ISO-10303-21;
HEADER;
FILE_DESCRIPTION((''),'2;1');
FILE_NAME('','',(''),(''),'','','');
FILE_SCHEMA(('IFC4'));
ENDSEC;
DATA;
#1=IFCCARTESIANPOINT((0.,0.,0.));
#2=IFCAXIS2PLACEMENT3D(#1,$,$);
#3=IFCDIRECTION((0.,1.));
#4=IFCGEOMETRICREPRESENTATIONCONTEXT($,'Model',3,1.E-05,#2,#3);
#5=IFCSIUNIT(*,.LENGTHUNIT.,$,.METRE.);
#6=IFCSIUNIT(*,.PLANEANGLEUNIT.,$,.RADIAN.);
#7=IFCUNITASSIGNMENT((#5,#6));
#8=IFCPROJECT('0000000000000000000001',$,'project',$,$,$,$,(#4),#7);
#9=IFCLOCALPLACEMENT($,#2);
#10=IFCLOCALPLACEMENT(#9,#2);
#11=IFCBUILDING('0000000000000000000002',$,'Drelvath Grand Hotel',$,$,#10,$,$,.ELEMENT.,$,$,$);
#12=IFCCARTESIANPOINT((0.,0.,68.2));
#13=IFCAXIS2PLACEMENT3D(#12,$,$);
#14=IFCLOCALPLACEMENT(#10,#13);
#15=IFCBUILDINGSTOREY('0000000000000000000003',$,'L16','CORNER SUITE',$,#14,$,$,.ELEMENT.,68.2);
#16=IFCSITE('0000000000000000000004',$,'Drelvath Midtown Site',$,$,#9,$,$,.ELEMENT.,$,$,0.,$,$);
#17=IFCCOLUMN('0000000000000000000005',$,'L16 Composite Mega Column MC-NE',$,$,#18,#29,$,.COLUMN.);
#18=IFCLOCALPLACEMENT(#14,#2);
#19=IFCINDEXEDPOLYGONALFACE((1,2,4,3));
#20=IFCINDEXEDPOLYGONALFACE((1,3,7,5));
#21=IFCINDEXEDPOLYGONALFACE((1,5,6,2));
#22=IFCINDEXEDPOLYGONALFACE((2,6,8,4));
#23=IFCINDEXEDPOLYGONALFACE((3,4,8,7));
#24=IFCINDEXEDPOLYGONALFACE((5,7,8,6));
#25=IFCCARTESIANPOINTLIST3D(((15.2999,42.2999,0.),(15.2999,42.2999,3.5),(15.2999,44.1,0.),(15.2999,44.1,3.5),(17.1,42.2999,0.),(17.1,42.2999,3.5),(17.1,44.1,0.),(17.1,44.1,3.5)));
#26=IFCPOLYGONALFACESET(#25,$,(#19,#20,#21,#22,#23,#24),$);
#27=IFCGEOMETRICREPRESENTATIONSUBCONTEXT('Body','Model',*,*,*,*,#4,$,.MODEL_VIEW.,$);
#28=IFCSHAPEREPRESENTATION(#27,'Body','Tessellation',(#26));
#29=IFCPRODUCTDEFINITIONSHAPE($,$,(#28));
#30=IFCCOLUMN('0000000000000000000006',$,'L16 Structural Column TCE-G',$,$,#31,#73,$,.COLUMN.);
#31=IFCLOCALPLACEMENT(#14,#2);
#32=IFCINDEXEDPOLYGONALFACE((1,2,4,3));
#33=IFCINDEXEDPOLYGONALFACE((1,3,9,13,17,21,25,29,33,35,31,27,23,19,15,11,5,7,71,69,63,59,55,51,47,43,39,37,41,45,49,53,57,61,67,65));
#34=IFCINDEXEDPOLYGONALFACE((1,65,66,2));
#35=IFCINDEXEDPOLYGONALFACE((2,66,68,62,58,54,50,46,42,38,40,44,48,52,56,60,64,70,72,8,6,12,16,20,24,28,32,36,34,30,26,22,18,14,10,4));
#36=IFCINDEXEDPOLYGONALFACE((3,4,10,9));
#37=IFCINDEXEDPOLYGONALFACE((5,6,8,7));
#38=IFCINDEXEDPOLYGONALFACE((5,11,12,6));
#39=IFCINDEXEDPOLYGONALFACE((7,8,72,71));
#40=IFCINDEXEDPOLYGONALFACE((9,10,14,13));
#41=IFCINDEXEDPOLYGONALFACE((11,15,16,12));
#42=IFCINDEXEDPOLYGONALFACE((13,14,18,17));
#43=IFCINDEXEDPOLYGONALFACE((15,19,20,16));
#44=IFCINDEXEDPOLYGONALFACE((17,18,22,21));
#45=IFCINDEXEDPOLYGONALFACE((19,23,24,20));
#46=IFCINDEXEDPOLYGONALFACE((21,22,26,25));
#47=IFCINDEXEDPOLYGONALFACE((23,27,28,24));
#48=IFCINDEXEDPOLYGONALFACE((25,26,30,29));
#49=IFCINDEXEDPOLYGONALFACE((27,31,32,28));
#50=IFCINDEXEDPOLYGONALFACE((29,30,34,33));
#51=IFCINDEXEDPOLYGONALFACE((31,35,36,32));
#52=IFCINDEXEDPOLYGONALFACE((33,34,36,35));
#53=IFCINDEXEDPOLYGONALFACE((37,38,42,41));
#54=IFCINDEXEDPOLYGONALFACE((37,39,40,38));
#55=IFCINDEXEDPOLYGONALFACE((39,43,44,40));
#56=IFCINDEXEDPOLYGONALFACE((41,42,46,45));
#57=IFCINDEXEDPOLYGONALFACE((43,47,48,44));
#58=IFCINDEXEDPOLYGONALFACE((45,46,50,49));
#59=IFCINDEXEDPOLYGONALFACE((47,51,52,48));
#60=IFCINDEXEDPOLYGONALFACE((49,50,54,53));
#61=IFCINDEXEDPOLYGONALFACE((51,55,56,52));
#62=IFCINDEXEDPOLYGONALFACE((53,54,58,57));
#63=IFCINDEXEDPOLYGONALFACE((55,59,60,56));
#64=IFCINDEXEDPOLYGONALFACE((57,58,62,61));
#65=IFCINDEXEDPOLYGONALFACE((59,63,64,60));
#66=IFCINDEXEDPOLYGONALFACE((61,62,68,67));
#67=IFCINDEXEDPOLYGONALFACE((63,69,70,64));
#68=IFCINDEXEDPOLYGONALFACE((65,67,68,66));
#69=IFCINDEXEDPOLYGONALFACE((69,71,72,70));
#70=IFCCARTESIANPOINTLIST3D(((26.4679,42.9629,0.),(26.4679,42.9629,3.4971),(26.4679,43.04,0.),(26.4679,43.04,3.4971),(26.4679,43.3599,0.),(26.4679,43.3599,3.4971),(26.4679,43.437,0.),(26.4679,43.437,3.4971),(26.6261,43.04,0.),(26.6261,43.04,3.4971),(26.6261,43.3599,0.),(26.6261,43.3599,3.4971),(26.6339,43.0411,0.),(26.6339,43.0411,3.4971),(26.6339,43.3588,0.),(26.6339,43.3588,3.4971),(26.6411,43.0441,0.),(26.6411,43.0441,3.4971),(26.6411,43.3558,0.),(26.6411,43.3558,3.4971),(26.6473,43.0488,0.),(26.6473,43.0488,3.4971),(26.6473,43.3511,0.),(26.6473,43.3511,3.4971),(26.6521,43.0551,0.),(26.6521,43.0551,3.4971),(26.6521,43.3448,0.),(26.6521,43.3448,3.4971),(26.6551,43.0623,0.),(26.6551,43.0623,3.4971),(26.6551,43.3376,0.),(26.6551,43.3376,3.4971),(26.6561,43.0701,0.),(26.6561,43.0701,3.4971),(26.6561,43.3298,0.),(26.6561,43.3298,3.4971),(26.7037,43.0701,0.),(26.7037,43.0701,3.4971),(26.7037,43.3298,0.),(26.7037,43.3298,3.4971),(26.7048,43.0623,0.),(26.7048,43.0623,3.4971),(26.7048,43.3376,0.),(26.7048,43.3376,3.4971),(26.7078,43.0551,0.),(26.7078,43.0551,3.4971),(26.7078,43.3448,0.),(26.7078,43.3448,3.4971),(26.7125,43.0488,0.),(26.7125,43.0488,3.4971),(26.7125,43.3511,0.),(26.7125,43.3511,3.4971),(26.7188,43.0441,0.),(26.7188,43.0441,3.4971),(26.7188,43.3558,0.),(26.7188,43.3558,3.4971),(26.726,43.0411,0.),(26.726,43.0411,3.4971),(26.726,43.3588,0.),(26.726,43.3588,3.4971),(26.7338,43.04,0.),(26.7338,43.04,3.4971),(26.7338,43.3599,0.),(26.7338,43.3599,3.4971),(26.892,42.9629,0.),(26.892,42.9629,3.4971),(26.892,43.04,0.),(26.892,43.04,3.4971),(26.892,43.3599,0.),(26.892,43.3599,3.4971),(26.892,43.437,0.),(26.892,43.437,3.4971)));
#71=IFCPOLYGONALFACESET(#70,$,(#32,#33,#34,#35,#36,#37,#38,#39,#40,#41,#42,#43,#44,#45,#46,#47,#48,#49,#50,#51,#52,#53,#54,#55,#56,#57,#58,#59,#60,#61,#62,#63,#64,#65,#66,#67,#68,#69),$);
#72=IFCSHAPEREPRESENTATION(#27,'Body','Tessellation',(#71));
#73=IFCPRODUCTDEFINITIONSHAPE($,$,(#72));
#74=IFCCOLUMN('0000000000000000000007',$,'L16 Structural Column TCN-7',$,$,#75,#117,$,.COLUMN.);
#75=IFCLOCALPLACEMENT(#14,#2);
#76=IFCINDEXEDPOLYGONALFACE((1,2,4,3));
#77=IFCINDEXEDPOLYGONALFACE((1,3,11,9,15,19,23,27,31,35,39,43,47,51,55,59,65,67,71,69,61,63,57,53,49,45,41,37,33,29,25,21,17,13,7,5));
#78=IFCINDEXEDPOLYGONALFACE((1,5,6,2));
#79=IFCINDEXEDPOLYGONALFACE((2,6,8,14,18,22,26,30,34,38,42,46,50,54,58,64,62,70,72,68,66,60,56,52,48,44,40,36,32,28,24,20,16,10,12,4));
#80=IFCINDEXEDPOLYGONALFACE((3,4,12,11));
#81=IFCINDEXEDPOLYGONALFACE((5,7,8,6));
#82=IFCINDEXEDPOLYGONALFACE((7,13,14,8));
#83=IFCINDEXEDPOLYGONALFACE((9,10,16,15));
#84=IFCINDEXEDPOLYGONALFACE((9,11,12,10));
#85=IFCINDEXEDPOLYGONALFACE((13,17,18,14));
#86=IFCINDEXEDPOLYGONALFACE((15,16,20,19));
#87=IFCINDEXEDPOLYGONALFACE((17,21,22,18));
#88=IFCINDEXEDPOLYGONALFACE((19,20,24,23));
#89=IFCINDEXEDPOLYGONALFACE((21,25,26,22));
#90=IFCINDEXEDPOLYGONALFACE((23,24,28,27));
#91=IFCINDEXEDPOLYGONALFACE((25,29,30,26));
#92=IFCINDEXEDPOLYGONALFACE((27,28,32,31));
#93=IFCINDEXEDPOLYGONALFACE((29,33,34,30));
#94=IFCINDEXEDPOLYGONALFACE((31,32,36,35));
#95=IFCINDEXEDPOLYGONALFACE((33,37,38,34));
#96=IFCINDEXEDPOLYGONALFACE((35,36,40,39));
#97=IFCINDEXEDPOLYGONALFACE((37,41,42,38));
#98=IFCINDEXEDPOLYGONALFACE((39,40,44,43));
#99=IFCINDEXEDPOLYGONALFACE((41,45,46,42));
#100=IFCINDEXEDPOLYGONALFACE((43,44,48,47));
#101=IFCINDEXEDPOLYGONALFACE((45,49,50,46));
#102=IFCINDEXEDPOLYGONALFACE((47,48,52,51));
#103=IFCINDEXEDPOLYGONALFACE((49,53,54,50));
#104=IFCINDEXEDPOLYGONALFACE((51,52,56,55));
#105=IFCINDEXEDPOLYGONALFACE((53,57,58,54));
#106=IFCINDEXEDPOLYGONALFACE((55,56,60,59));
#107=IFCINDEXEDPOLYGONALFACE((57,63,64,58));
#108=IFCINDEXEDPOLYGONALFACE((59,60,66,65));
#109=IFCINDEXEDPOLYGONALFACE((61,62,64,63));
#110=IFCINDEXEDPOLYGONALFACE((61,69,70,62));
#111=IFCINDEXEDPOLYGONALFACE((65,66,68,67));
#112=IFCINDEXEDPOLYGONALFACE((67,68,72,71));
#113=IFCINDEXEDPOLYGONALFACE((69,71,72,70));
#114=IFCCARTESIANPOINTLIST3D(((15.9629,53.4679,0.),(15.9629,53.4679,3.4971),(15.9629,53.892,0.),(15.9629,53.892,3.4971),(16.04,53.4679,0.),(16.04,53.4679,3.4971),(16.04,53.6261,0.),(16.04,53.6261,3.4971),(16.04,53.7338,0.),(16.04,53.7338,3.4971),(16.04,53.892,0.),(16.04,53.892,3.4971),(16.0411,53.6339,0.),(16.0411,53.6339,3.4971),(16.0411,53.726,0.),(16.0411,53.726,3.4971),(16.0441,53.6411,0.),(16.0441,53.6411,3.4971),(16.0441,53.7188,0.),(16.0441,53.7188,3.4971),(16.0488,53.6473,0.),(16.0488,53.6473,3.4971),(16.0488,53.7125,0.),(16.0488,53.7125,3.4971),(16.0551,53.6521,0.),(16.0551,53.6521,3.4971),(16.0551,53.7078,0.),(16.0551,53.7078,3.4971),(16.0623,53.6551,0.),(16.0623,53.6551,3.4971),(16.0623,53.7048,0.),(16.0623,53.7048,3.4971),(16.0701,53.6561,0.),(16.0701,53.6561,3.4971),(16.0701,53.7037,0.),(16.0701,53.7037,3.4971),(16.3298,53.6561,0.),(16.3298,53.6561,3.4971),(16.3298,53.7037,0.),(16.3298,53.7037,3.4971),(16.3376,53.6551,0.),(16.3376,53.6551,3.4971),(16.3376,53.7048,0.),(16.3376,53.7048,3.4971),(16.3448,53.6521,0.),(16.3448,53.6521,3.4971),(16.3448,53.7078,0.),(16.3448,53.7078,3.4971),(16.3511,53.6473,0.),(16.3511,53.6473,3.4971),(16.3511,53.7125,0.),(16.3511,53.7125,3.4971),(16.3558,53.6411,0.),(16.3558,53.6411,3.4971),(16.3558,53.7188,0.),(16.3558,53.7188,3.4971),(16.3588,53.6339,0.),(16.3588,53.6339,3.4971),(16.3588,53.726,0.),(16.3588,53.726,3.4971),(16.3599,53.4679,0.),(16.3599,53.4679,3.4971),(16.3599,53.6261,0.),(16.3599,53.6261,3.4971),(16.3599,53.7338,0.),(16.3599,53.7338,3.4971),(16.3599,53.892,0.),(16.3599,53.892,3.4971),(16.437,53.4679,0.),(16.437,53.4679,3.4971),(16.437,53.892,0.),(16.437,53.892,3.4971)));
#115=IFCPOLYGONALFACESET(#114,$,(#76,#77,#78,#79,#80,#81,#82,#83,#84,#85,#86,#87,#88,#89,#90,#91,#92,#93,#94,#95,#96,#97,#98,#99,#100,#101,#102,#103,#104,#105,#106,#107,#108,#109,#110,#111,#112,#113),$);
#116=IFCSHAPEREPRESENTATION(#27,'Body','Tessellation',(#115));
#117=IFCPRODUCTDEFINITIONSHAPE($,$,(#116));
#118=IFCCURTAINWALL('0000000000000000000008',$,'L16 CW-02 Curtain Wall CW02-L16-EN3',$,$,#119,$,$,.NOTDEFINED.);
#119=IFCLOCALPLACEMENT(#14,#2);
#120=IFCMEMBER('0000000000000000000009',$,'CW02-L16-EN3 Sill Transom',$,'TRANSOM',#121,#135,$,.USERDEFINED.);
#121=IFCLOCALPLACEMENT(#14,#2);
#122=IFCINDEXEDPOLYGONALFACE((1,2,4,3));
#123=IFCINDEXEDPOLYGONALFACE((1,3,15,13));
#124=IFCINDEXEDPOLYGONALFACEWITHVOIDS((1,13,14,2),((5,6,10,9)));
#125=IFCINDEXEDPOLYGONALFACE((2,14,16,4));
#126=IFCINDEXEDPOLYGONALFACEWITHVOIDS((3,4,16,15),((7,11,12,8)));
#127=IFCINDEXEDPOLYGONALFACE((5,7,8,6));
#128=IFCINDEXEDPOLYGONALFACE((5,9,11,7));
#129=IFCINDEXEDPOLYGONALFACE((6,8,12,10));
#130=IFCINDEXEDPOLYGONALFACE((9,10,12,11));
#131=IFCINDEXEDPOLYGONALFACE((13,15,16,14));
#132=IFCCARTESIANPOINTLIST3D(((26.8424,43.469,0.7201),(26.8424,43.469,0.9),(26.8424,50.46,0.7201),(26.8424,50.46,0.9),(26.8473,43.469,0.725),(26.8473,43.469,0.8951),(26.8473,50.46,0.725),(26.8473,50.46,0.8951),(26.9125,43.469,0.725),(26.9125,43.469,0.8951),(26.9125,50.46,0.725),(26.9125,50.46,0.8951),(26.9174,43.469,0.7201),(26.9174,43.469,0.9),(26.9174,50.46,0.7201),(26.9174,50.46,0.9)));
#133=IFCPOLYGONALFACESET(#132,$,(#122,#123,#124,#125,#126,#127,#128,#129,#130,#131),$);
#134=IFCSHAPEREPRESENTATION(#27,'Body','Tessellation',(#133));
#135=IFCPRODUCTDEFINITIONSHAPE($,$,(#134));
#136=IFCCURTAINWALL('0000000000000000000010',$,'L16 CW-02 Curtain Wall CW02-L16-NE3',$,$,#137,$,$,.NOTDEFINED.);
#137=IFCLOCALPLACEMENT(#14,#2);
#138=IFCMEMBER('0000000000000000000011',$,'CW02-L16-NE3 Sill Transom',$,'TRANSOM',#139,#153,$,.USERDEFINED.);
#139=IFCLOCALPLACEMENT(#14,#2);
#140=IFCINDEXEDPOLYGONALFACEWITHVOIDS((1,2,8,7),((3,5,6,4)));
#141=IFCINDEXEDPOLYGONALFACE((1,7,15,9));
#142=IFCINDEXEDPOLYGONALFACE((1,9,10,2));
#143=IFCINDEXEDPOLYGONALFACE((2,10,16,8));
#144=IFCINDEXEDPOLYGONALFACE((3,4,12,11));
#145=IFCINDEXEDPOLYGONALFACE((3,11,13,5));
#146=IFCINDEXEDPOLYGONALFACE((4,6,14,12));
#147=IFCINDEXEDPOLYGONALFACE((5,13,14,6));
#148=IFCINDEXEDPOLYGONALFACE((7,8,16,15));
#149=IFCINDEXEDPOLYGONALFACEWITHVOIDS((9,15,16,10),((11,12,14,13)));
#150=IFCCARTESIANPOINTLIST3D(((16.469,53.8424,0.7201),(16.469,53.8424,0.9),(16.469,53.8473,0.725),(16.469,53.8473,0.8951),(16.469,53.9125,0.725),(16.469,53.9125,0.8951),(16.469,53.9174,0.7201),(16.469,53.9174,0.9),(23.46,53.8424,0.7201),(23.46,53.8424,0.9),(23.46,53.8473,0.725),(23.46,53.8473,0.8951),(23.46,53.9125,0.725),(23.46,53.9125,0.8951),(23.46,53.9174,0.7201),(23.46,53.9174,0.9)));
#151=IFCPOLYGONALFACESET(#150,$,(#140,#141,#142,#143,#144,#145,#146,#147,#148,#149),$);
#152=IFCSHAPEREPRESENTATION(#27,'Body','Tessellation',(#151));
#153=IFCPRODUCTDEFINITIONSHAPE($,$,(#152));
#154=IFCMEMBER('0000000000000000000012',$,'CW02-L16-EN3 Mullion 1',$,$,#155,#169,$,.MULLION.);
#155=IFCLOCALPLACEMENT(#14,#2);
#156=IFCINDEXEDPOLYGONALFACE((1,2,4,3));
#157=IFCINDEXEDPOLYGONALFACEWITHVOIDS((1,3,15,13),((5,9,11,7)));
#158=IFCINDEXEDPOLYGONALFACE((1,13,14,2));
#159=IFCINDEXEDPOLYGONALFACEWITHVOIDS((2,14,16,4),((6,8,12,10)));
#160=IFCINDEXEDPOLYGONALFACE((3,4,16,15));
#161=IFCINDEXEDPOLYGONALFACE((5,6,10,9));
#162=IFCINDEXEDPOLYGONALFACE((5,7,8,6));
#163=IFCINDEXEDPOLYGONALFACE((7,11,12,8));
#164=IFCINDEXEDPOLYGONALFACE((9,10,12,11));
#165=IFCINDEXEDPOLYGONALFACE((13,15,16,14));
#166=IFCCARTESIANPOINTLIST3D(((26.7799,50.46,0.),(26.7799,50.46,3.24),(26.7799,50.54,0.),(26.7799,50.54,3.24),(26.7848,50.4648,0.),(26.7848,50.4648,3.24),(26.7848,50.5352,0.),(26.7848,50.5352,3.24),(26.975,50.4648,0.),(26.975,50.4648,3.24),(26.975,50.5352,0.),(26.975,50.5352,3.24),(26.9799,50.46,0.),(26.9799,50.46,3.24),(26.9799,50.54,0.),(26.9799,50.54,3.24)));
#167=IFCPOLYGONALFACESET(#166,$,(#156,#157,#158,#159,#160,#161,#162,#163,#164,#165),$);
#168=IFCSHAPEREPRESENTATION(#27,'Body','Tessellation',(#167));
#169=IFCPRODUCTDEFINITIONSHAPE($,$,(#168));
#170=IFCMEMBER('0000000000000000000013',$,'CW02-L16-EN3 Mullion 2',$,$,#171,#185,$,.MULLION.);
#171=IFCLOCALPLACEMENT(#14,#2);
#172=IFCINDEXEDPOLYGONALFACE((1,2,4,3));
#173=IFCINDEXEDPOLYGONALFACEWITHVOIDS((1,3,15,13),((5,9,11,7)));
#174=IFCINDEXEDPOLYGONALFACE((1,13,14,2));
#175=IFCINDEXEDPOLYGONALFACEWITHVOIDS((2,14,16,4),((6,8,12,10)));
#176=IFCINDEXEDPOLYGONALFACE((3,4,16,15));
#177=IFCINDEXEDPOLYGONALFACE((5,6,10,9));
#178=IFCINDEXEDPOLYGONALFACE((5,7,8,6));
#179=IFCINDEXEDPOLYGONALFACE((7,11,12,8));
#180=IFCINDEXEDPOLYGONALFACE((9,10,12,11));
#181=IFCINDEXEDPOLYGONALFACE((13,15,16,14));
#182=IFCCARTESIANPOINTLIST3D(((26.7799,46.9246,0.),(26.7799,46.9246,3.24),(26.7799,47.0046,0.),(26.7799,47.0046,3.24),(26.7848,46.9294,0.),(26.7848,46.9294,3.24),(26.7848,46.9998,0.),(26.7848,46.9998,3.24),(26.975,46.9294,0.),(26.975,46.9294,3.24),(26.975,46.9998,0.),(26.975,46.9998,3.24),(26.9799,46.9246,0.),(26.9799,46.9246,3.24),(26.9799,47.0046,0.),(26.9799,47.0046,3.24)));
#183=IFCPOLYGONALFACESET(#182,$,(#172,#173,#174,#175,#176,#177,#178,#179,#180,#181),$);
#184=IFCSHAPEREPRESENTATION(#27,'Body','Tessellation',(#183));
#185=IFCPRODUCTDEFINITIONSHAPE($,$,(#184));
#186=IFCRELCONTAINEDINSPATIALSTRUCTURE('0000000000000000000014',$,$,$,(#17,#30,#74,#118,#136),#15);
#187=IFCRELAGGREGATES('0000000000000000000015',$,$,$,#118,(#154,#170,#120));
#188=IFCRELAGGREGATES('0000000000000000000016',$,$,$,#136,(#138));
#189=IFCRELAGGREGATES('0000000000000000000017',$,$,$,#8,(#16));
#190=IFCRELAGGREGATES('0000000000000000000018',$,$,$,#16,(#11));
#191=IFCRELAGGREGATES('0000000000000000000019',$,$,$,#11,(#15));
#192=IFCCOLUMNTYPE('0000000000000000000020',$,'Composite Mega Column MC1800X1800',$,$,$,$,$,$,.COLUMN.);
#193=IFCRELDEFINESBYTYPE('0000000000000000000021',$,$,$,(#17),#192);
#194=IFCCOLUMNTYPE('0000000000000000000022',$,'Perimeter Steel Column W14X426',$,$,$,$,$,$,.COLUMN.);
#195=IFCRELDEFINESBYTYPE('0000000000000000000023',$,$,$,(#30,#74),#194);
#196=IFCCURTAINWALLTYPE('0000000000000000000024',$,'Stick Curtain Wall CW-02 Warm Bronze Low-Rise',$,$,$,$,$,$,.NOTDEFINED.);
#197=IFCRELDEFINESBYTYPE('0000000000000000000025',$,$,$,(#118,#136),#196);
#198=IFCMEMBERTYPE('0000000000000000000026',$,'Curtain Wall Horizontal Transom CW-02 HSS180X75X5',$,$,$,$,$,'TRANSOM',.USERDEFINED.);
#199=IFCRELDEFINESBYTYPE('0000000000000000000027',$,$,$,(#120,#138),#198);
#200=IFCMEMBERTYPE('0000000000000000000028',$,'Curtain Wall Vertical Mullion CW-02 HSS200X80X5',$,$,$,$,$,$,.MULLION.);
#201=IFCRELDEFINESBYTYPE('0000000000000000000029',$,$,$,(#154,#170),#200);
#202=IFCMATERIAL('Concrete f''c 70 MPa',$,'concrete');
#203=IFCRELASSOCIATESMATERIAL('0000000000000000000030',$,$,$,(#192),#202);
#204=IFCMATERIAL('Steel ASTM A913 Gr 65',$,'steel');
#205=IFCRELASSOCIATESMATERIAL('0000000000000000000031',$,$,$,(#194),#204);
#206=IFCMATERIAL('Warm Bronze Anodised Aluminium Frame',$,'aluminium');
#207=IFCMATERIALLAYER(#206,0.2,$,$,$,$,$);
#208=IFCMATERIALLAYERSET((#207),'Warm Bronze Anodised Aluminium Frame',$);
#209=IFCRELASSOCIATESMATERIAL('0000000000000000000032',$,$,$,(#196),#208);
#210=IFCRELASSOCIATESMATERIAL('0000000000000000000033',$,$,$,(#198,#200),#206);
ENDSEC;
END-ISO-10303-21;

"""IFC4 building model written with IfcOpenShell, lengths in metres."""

from ifc_helpers import new_model, si_unit, direction, frame, origin, origin_2d, place, context, subcontext, project, spatial, rectangle, hollow_rectangle, i_section, extrude, material, layer, layer_set, material_profile, profile_set, type_object, element, aggregate, save


model = new_model("IFC4")

# Units and contexts
model_context = context("Model", 3, precision=1e-05, world=origin(), true_north=direction((0.0, 1.0)))
body_context = subcontext(model_context, "Body", "Model", "MODEL_VIEW")
ifc_project = project(units=[si_unit("LENGTHUNIT", "METRE"), si_unit("PLANEANGLEUNIT", "RADIAN")], contexts=[model_context])

# Site, building, storey
site_placement = place(None, origin())
site = spatial("IfcSite", under=ifc_project, at=site_placement, Name="Drelvath Midtown Site", CompositionType="ELEMENT", RefElevation=0.0)
building_placement = place(site_placement, origin())
building = spatial("IfcBuilding", under=site, at=building_placement, Name="Drelvath Grand Hotel", CompositionType="ELEMENT")
storey_placement = place(building_placement, frame((0.0, 0.0, 68.2)))
storey = spatial("IfcBuildingStorey", under=building, at=storey_placement, Name="L16", Description="CORNER SUITE", CompositionType="ELEMENT", Elevation=68.2)

# Columns
ifc_material_1 = material(Name="Concrete f'c 70 MPa", Category="concrete")
ifc_material_profile_1 = material_profile(ifc_material_1, rectangle(XDim=1.8, YDim=1.8, at=origin_2d()), Name="MC1800X1800")
ifc_profile_set_1 = profile_set([ifc_material_profile_1], Name="Concrete f'c 70 MPa")
column_type_1 = type_object("IfcColumnType", Name="Composite Mega Column MC1800X1800", PredefinedType="COLUMN", material=ifc_profile_set_1)
column_placement = place(storey_placement, frame((16.2, 43.2, 0.0), z_axis=(0.0, 0.0, 1.0), x_axis=(1.0, 0.0, 0.0)))
element("IfcColumn", 1, at=column_placement, inside=storey, type_object=column_type_1, Name="L16 Composite Mega Column MC-NE", PredefinedType="COLUMN", context=body_context, shape_type="SweptSolid", body=[
    extrude(rectangle(XDim=1.8, YDim=1.8, at=origin_2d()), origin(), (0.0, 0.0, 1.0), 3.5),
])
ifc_material_2 = material(Name="Steel ASTM A913 Gr 65", Category="steel")
ifc_material_profile_2 = material_profile(ifc_material_2, i_section(OverallWidth=0.4241, OverallDepth=0.4741, WebThickness=0.0476, FlangeThickness=0.0771, FilletRadius=0.03, at=origin_2d()), Name="W14X426")
ifc_profile_set_2 = profile_set([ifc_material_profile_2], Name="Steel ASTM A913 Gr 65")
column_type_2 = type_object("IfcColumnType", Name="Perimeter Steel Column W14X426", PredefinedType="COLUMN", material=ifc_profile_set_2)
for number, where, z_axis, x_axis, name in (
    (2, (26.6799, 43.2, 0.0), (0.0, 0.0, 1.0), (1.0, 0.0, 0.0), "L16 Structural Column TCE-G"),
    (3, (16.2, 53.6799, 0.0), (0.0, 0.0, 1.0), (0.0, 1.0, 0.0), "L16 Structural Column TCN-7"),
):
    element("IfcColumn", number, at=place(storey_placement, frame(where, z_axis=z_axis, x_axis=x_axis)), inside=storey, type_object=column_type_2, Name=name, PredefinedType="COLUMN", context=body_context, shape_type="SweptSolid", body=[
        extrude(i_section(OverallWidth=0.4241, OverallDepth=0.4741, WebThickness=0.0476, FlangeThickness=0.0771, FilletRadius=0.03, at=origin_2d()), origin(), (0.0, 0.0, 1.0), 3.4971),
    ])

# Curtain walls, members
ifc_material_3 = material(Name="Warm Bronze Anodised Aluminium Frame", Category="aluminium")
ifc_layer_1 = layer(ifc_material_3, 0.2)
ifc_layer_set_1 = layer_set([ifc_layer_1], Name="Warm Bronze Anodised Aluminium Frame")
curtain_wall_type = type_object("IfcCurtainWallType", Name="Stick Curtain Wall CW-02 Warm Bronze Low-Rise", PredefinedType="NOTDEFINED", material=ifc_layer_set_1)
curtain_wall_1_placement = place(storey_placement, origin())
curtain_wall_1 = element("IfcCurtainWall", 4, at=curtain_wall_1_placement, inside=storey, type_object=curtain_wall_type, Name="L16 CW-02 Curtain Wall CW02-L16-EN3", PredefinedType="NOTDEFINED")
ifc_material_profile_3 = material_profile(ifc_material_3, hollow_rectangle(XDim=0.075, YDim=0.1799, WallThickness=0.0049, at=origin_2d()), Name="HSS180X75X5")
ifc_profile_set_3 = profile_set([ifc_material_profile_3], Name="Warm Bronze Anodised Aluminium Frame")
member_type_1 = type_object("IfcMemberType", Name="Curtain Wall Horizontal Transom CW-02 HSS180X75X5", ElementType="TRANSOM", PredefinedType="USERDEFINED", material=ifc_profile_set_3)
member_1_placement = place(storey_placement, frame((26.8799, 50.46, 0.8101), z_axis=(0.0, -1.0, 0.0), x_axis=(1.0, 0.0, 0.0)))
member_1 = element("IfcMember", 5, at=member_1_placement, type_object=member_type_1, Name="CW02-L16-EN3 Sill Transom", ObjectType="TRANSOM", PredefinedType="USERDEFINED", context=body_context, shape_type="SweptSolid", body=[
    extrude(hollow_rectangle(XDim=0.075, YDim=0.1799, WallThickness=0.0049, at=origin_2d()), origin(), (0.0, 0.0, 1.0), 6.991),
])
curtain_wall_2_placement = place(storey_placement, origin())
curtain_wall_2 = element("IfcCurtainWall", 6, at=curtain_wall_2_placement, inside=storey, type_object=curtain_wall_type, Name="L16 CW-02 Curtain Wall CW02-L16-NE3", PredefinedType="NOTDEFINED")
member_2_placement = place(storey_placement, frame((16.469, 53.8799, 0.8101), z_axis=(1.0, 0.0, 0.0), x_axis=(0.0, 1.0, 0.0)))
member_2 = element("IfcMember", 7, at=member_2_placement, type_object=member_type_1, Name="CW02-L16-NE3 Sill Transom", ObjectType="TRANSOM", PredefinedType="USERDEFINED", context=body_context, shape_type="SweptSolid", body=[
    extrude(hollow_rectangle(XDim=0.075, YDim=0.1799, WallThickness=0.0049, at=origin_2d()), origin(), (0.0, 0.0, 1.0), 6.991),
])

# Members
ifc_material_profile_4 = material_profile(ifc_material_3, hollow_rectangle(XDim=0.0801, YDim=0.2, WallThickness=0.0049, at=origin_2d()), Name="HSS200X80X5")
ifc_profile_set_4 = profile_set([ifc_material_profile_4], Name="Warm Bronze Anodised Aluminium Frame")
member_type_2 = type_object("IfcMemberType", Name="Curtain Wall Vertical Mullion CW-02 HSS200X80X5", PredefinedType="MULLION", material=ifc_profile_set_4)
member_3_placement = place(storey_placement, frame((26.8799, 50.5, 0.0), z_axis=(0.0, 0.0, 1.0), x_axis=(0.0, 1.0, 0.0)))
member_3 = element("IfcMember", 8, at=member_3_placement, type_object=member_type_2, Name="CW02-L16-EN3 Mullion 1", PredefinedType="MULLION", context=body_context, shape_type="SweptSolid", body=[
    extrude(hollow_rectangle(XDim=0.0801, YDim=0.2, WallThickness=0.0049, at=origin_2d()), origin(), (0.0, 0.0, 1.0), 3.24),
])
member_4_placement = place(storey_placement, frame((26.8799, 46.9646, 0.0), z_axis=(0.0, 0.0, 1.0), x_axis=(0.0, 1.0, 0.0)))
member_4 = element("IfcMember", 9, at=member_4_placement, type_object=member_type_2, Name="CW02-L16-EN3 Mullion 2", PredefinedType="MULLION", context=body_context, shape_type="SweptSolid", body=[
    extrude(hollow_rectangle(XDim=0.0801, YDim=0.2, WallThickness=0.0049, at=origin_2d()), origin(), (0.0, 0.0, 1.0), 3.24),
])

aggregate(curtain_wall_1, [member_3, member_4, member_1])
aggregate(curtain_wall_2, [member_2])

save(model, "model.ifc")
